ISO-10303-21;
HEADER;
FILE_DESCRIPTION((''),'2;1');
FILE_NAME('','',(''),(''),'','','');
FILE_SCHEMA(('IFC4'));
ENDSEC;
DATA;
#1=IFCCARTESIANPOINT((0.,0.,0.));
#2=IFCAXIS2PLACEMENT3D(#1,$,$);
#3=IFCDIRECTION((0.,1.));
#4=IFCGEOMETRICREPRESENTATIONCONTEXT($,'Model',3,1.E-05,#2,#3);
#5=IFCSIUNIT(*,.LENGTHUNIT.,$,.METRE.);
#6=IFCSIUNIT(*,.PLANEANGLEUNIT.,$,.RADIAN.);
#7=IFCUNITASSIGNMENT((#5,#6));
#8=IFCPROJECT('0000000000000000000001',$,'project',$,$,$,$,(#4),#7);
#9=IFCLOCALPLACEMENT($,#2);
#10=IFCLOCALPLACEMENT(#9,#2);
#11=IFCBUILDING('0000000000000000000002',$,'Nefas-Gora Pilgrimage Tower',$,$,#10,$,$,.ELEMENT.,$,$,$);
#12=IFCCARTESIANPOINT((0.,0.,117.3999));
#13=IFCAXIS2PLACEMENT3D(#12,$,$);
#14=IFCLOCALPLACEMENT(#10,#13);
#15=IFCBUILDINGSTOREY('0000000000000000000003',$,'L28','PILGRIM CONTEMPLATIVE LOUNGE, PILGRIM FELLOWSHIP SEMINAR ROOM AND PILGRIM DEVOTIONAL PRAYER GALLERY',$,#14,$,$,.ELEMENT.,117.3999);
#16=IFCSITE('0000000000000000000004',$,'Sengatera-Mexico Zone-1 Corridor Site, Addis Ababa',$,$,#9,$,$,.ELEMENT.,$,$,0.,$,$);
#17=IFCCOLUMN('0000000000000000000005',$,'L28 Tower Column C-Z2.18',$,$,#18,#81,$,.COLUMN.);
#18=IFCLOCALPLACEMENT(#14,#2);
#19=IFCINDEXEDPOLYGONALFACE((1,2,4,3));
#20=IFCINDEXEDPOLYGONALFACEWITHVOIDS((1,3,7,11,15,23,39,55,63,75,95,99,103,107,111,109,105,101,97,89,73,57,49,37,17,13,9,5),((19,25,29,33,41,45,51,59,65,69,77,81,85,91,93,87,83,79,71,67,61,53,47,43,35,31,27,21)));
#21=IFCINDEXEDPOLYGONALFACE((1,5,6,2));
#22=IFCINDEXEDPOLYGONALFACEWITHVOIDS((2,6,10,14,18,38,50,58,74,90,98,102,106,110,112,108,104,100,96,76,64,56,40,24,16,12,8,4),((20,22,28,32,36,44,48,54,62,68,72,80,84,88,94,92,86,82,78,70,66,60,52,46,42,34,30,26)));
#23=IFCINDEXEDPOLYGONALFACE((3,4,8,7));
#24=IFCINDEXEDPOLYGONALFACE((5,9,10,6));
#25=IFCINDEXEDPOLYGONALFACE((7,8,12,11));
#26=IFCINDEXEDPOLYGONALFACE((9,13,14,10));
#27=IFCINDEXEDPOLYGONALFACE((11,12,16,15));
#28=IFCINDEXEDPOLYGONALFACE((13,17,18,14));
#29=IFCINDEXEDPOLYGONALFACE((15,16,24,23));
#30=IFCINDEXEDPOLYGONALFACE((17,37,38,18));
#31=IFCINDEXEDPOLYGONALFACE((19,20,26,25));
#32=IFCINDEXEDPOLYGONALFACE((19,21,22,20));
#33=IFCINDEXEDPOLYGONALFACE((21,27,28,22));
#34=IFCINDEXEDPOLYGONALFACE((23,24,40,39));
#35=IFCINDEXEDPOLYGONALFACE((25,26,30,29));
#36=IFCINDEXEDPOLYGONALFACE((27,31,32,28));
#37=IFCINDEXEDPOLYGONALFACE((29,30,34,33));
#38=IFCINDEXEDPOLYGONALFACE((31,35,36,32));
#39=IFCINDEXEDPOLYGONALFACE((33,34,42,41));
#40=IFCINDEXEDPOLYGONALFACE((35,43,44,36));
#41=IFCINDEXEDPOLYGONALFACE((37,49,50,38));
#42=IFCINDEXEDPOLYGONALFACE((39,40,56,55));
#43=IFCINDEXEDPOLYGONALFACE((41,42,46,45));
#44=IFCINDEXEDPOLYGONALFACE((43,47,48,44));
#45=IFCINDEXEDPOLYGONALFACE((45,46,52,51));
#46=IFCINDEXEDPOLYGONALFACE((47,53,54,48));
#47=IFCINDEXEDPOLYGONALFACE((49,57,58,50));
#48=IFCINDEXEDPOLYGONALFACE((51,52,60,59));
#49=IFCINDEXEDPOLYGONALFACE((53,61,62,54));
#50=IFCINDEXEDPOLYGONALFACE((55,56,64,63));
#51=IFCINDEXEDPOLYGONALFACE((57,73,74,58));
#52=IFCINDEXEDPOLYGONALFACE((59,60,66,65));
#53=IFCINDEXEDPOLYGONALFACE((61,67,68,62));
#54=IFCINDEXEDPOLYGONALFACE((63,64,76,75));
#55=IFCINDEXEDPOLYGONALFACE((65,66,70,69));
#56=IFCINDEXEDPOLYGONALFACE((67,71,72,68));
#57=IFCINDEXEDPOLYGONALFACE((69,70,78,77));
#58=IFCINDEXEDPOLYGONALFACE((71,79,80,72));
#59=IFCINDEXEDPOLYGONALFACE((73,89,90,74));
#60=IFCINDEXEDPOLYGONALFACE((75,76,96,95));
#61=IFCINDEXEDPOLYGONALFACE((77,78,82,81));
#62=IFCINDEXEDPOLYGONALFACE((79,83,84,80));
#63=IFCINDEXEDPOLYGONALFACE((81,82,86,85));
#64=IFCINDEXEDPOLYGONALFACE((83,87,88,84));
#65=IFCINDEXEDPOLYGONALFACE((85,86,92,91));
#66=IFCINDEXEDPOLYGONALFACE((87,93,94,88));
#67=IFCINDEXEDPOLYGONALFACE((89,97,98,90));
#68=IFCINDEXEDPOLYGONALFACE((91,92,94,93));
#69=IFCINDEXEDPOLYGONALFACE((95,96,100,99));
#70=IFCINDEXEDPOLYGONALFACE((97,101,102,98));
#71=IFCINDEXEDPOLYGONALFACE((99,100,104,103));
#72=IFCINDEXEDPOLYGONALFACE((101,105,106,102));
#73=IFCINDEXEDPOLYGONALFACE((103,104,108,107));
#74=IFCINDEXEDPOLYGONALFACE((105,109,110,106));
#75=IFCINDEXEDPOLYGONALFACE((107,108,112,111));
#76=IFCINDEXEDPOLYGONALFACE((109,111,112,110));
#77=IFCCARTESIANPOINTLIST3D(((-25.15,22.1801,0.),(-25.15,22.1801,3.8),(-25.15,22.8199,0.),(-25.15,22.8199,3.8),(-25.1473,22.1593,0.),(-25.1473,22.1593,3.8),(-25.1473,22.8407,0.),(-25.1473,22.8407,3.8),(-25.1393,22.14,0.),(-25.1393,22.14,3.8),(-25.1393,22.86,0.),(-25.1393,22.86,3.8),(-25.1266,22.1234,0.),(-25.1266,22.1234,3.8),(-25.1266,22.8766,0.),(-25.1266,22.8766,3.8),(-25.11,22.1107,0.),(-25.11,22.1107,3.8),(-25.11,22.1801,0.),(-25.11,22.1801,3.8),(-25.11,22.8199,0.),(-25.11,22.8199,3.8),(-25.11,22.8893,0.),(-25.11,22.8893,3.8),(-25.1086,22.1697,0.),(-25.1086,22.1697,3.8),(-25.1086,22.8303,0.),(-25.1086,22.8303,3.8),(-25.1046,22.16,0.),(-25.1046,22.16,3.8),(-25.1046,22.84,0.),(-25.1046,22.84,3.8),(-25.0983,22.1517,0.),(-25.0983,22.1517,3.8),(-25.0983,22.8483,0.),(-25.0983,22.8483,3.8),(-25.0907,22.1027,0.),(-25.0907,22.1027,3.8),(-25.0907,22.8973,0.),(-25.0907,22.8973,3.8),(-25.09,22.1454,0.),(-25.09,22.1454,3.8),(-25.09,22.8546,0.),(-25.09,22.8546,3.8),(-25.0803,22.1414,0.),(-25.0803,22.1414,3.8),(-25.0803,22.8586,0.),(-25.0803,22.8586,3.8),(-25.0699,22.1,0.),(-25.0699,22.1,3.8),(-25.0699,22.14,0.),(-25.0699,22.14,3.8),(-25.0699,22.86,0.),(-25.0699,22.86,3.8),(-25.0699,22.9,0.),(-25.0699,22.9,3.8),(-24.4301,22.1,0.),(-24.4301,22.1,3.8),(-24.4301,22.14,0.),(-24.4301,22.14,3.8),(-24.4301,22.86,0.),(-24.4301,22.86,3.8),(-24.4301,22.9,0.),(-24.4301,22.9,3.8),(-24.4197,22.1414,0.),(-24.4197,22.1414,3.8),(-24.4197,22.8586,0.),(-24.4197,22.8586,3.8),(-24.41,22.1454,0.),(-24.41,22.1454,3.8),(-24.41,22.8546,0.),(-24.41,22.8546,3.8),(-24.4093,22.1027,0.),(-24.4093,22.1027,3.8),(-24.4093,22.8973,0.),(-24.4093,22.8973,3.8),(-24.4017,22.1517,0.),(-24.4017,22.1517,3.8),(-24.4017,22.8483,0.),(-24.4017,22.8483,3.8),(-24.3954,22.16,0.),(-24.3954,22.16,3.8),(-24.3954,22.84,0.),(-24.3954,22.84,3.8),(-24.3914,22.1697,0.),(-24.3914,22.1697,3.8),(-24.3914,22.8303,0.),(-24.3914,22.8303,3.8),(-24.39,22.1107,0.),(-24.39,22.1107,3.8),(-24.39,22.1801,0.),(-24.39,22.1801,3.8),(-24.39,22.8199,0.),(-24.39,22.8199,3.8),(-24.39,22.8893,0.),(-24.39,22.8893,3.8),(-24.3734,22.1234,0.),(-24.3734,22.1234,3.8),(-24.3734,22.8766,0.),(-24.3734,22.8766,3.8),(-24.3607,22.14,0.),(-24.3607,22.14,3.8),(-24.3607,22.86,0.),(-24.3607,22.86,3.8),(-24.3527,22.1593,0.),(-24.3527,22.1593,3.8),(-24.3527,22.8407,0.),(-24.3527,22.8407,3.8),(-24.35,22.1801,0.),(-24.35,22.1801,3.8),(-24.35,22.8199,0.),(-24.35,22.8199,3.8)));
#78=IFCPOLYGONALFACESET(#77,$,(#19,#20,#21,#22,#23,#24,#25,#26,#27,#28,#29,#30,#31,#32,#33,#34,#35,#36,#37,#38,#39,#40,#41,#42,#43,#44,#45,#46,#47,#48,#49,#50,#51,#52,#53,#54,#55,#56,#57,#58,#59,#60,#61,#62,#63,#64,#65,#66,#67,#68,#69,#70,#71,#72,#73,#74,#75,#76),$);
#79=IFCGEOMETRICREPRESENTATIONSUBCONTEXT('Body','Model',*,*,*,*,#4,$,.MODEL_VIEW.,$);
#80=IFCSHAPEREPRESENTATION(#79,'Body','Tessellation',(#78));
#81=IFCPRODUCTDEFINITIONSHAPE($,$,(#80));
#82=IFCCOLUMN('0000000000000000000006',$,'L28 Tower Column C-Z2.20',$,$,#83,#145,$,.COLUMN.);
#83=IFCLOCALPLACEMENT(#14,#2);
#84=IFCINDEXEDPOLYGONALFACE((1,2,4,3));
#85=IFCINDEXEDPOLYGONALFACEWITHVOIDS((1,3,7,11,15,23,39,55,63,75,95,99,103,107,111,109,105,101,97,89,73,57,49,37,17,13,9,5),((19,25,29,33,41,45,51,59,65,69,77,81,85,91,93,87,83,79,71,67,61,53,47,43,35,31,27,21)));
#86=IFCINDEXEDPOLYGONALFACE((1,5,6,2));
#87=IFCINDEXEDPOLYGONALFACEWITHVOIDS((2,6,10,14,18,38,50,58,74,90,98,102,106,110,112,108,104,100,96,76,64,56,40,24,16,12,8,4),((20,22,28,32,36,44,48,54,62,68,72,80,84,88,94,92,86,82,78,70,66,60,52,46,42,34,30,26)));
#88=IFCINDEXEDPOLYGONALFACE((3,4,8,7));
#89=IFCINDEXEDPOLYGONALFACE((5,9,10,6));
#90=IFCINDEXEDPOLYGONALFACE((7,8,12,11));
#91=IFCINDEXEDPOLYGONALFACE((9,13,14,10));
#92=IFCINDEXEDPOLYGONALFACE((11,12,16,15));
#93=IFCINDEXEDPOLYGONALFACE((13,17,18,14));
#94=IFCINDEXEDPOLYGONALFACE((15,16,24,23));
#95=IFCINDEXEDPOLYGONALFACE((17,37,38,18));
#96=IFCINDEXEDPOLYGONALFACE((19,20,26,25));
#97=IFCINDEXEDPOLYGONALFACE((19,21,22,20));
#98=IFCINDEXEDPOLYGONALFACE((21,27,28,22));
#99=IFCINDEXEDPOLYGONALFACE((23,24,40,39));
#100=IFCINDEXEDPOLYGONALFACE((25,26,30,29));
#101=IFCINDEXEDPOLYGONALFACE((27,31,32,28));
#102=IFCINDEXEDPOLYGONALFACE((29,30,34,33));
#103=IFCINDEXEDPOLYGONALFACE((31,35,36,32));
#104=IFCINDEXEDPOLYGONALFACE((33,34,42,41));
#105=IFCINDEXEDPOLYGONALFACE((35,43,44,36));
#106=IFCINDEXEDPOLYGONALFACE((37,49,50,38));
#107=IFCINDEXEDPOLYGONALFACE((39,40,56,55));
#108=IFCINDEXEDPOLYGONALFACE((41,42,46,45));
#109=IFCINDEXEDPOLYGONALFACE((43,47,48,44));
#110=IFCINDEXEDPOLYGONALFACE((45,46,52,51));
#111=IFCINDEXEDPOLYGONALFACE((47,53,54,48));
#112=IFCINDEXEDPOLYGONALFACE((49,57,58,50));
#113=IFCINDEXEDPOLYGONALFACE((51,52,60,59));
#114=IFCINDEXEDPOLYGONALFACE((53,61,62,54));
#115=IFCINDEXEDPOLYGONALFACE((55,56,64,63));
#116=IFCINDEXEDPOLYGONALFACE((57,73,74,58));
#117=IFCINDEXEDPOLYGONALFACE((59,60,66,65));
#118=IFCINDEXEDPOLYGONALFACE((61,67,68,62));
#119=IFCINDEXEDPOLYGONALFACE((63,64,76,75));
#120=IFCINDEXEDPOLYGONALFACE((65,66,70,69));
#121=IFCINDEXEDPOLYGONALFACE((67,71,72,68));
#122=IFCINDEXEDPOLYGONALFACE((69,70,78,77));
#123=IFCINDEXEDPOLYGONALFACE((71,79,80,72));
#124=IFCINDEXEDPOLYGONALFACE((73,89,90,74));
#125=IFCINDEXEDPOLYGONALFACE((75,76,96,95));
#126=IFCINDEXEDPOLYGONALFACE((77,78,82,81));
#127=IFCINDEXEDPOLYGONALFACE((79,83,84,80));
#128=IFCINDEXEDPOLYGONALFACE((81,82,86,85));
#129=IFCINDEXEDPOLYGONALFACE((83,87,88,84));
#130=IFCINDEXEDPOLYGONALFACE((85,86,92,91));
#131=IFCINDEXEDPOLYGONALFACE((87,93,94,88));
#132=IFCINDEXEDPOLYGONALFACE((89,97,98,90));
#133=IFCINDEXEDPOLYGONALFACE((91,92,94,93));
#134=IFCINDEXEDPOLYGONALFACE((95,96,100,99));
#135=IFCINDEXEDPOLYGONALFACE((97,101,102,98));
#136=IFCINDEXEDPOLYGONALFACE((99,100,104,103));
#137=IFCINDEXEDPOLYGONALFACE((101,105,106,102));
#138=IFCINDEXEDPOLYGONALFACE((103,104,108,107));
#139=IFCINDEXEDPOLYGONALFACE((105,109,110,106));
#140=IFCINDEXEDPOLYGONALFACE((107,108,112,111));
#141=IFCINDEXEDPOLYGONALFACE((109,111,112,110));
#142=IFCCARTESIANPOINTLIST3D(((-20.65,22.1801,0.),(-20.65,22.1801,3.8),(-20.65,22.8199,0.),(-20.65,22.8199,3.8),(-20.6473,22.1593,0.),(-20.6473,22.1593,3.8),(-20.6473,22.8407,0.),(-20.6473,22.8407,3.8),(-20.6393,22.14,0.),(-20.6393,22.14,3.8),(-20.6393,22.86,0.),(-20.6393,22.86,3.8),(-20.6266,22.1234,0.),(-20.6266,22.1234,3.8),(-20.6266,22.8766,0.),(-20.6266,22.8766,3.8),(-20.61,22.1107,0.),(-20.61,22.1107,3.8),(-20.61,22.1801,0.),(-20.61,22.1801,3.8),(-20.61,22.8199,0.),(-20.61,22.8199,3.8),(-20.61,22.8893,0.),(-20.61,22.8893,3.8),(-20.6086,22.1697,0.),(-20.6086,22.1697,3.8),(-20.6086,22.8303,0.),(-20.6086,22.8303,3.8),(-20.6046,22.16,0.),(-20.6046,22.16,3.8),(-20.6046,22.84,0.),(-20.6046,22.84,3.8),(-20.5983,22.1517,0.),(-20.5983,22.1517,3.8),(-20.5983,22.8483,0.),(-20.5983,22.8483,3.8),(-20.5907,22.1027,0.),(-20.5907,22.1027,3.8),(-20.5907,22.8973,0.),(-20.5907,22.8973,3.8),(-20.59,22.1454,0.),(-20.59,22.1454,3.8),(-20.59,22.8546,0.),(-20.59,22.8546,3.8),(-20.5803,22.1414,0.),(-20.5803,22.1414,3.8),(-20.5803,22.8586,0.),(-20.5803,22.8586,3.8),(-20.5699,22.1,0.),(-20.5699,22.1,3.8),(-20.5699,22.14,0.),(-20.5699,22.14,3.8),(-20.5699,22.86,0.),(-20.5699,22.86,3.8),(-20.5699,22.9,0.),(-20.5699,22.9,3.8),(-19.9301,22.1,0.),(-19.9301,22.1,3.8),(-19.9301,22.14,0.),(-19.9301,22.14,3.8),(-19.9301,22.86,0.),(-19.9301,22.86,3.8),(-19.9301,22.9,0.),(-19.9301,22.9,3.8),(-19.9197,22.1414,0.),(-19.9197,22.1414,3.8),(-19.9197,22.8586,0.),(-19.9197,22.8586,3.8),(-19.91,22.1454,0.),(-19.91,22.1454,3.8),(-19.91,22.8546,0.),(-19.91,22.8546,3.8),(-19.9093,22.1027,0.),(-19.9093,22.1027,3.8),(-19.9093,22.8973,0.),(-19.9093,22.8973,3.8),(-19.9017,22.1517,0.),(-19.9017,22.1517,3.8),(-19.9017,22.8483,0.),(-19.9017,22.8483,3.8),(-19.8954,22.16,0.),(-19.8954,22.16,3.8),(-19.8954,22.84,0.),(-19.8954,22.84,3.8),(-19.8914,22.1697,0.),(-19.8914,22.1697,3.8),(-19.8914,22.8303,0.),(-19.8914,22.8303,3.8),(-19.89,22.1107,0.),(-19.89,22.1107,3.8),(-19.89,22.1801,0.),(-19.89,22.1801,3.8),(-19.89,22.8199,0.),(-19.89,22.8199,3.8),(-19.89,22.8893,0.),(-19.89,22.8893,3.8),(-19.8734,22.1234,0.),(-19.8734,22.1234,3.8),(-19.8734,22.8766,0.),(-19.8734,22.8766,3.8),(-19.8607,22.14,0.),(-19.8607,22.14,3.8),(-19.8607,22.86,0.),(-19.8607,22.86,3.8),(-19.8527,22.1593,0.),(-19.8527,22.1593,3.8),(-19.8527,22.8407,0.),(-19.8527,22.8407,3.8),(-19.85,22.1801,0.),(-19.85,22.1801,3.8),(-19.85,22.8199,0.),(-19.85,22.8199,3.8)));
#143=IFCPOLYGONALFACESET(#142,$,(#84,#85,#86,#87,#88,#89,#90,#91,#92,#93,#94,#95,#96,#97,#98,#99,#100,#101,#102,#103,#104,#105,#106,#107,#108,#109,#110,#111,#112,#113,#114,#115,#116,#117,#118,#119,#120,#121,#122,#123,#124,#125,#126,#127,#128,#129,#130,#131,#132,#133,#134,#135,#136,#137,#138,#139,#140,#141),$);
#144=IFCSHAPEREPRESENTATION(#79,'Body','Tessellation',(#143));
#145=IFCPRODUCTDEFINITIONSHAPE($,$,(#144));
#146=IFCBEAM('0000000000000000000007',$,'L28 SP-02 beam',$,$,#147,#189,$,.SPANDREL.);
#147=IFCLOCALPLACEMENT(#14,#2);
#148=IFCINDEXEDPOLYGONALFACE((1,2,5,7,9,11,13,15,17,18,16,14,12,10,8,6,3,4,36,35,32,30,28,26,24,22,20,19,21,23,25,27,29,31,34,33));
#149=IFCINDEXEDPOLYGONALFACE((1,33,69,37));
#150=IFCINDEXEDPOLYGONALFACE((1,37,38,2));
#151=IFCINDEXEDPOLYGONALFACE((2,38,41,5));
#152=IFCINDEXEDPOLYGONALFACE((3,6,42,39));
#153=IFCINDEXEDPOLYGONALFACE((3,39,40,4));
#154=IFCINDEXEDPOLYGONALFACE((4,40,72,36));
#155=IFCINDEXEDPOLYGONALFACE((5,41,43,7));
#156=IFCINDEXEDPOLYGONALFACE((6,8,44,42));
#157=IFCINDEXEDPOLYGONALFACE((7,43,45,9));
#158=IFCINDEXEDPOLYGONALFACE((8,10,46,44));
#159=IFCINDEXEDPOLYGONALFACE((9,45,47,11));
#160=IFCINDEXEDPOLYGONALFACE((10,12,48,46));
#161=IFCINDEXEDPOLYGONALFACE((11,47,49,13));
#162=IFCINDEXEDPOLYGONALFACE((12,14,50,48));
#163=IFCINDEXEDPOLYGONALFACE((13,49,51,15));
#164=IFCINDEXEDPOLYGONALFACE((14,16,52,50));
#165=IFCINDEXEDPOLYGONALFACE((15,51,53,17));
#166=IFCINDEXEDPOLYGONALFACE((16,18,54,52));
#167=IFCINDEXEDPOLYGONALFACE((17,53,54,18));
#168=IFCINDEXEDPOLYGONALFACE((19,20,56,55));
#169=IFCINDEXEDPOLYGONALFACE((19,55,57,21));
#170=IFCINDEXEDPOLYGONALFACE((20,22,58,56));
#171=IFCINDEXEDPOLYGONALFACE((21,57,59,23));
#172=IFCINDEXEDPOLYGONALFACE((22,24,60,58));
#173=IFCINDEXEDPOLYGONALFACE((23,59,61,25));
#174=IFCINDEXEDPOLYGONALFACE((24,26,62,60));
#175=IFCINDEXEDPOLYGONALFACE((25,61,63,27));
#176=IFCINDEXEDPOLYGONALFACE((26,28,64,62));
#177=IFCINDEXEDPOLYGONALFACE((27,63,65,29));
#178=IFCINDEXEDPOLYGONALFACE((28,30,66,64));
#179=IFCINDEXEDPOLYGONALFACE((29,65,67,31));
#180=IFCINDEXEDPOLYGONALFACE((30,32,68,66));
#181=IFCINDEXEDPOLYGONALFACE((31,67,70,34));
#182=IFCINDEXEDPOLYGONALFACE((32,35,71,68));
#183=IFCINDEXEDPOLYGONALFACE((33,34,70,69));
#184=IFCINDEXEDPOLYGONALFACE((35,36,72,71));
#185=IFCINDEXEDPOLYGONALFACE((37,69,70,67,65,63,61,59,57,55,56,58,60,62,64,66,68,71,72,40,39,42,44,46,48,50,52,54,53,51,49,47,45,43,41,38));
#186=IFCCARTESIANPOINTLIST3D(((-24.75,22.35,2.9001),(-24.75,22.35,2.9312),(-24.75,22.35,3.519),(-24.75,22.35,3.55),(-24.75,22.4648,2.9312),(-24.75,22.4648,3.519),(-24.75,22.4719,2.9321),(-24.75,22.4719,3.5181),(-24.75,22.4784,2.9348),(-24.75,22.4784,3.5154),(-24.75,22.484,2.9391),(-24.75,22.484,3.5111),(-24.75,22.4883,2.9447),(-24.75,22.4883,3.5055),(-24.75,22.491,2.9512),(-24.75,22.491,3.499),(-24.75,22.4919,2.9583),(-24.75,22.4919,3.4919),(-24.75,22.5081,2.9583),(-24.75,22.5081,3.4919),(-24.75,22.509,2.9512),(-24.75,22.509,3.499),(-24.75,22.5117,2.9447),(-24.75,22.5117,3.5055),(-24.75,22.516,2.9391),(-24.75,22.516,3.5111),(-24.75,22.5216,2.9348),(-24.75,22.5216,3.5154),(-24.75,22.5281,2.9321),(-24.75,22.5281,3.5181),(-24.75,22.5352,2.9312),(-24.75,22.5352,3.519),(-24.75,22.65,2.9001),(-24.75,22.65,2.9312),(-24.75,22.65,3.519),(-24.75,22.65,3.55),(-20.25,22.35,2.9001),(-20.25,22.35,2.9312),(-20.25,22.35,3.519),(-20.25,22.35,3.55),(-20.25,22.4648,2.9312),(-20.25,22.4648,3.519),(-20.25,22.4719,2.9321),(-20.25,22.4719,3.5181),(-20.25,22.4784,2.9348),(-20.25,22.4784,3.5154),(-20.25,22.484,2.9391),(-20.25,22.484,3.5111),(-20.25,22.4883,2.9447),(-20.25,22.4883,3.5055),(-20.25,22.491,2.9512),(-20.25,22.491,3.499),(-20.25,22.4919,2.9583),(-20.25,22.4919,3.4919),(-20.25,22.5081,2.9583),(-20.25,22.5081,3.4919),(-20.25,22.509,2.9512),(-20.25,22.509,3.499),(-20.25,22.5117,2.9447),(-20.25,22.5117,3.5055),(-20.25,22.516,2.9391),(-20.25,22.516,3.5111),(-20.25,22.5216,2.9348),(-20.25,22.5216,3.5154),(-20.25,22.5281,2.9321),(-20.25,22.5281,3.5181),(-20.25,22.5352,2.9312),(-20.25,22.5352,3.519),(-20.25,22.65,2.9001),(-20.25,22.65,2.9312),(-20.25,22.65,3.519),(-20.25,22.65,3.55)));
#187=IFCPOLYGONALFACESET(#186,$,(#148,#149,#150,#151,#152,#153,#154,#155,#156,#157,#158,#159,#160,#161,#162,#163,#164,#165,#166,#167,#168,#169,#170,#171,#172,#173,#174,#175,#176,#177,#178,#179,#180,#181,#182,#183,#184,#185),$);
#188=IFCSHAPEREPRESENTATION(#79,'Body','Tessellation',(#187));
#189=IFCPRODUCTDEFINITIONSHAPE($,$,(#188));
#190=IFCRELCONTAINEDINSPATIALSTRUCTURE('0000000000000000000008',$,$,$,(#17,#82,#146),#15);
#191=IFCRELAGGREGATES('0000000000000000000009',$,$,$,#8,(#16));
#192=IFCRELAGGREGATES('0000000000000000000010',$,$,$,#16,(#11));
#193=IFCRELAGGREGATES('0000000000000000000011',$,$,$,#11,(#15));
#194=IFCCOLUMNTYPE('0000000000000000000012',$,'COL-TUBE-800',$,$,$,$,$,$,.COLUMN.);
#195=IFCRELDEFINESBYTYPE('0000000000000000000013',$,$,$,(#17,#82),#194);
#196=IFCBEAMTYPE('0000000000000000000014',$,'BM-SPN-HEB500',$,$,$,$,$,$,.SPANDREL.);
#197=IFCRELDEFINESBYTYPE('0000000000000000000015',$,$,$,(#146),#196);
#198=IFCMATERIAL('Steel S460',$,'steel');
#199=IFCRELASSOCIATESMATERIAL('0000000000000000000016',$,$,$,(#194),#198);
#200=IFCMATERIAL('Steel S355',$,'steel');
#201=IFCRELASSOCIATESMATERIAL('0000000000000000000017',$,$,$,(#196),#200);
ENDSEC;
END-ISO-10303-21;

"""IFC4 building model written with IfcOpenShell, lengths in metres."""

from ifc_helpers import new_model, si_unit, direction, frame, origin, origin_2d, place, context, subcontext, project, spatial, hollow_rectangle, i_section, extrude, source, transform, mapped, material, material_profile, profile_set, type_object, element, save


model = new_model("IFC4")

# Units and contexts
model_context = context("Model", 3, precision=1e-05, world=origin(), true_north=direction((0.0, 1.0)))
body_context = subcontext(model_context, "Body", "Model", "MODEL_VIEW")
ifc_project = project(units=[si_unit("LENGTHUNIT", "METRE"), si_unit("PLANEANGLEUNIT", "RADIAN")], contexts=[model_context])

# Site, building, storey
site_placement = place(None, origin())
site = spatial("IfcSite", under=ifc_project, at=site_placement, Name="Sengatera-Mexico Zone-1 Corridor Site, Addis Ababa", CompositionType="ELEMENT", RefElevation=0.0)
building_placement = place(site_placement, origin())
building = spatial("IfcBuilding", under=site, at=building_placement, Name="Nefas-Gora Pilgrimage Tower", CompositionType="ELEMENT")
storey_placement = place(building_placement, frame((0.0, 0.0, 117.3999)))
storey = spatial("IfcBuildingStorey", under=building, at=storey_placement, Name="L28", Description="PILGRIM CONTEMPLATIVE LOUNGE, PILGRIM FELLOWSHIP SEMINAR ROOM AND PILGRIM DEVOTIONAL PRAYER GALLERY", CompositionType="ELEMENT", Elevation=117.3999)

# Columns
ifc_material_1 = material(Name="Steel S460", Category="steel")
ifc_material_profile_1 = material_profile(ifc_material_1, hollow_rectangle(XDim=0.8, YDim=0.8, WallThickness=0.04, InnerFilletRadius=0.04, OuterFilletRadius=0.0801, at=origin_2d()), Name="BOX 800x800x40")
ifc_profile_set_1 = profile_set([ifc_material_profile_1], Name="Steel S460")
column_type_1 = type_object("IfcColumnType", Name="COL-TUBE-800", PredefinedType="COLUMN", material=ifc_profile_set_1)
shared_shape_1 = source(origin(), body_context, "Body", "SweptSolid", [
    extrude(hollow_rectangle(XDim=0.8, YDim=0.8, WallThickness=0.04, InnerFilletRadius=0.04, OuterFilletRadius=0.0801, at=origin_2d()), origin(), (0.0, 0.0, 1.0), 3.8),
])
for number, where, z_axis, x_axis, name in (
    (1, (-24.75, 22.5, 0.0), (0.0, 0.0, 1.0), (1.0, 0.0, 0.0), "L28 Tower Column C-Z2.18"),
    (2, (-20.25, 22.5, 0.0), (0.0, 0.0, 1.0), (1.0, 0.0, 0.0), "L28 Tower Column C-Z2.20"),
):
    element("IfcColumn", number, at=place(storey_placement, frame(where, z_axis=z_axis, x_axis=x_axis)), inside=storey, type_object=column_type_1, Name=name, PredefinedType="COLUMN", context=body_context, shape_type="MappedRepresentation", body=[
        mapped(shared_shape_1, transform((0.0, 0.0, 0.0), x_axis=(1.0, 0.0, 0.0), y_axis=(0.0, 1.0, 0.0), z_axis=(0.0, 0.0, 1.0), scale=1.0)),
    ])

# Beam
ifc_material_2 = material(Name="Steel S355", Category="steel")
ifc_material_profile_2 = material_profile(ifc_material_2, i_section(OverallWidth=0.3, OverallDepth=0.6499, WebThickness=0.0161, FlangeThickness=0.031, FilletRadius=0.0271, at=origin_2d()), Name="HEB 650")
ifc_profile_set_2 = profile_set([ifc_material_profile_2], Name="Steel S355")
beam_type_1 = type_object("IfcBeamType", Name="BM-SPN-HEB500", PredefinedType="SPANDREL", material=ifc_profile_set_2)
shared_shape_2 = source(origin(), body_context, "Body", "SweptSolid", [
    extrude(i_section(OverallWidth=0.3, OverallDepth=0.6499, WebThickness=0.0161, FlangeThickness=0.031, FilletRadius=0.0271, at=origin_2d()), origin(), (0.0, 0.0, 1.0), 4.5),
])
beam_placement = place(storey_placement, frame((-24.75, 22.5, 3.2251), z_axis=(1.0, 0.0, 0.0), x_axis=(0.0, 1.0, 0.0)))
element("IfcBeam", 3, at=beam_placement, inside=storey, type_object=beam_type_1, Name="L28 SP-02 beam", PredefinedType="SPANDREL", context=body_context, shape_type="MappedRepresentation", body=[
    mapped(shared_shape_2, transform((0.0, 0.0, 0.0), x_axis=(1.0, 0.0, 0.0), y_axis=(0.0, 1.0, 0.0), z_axis=(0.0, 0.0, 1.0), scale=1.0)),
])

save(model, "model.ifc")
